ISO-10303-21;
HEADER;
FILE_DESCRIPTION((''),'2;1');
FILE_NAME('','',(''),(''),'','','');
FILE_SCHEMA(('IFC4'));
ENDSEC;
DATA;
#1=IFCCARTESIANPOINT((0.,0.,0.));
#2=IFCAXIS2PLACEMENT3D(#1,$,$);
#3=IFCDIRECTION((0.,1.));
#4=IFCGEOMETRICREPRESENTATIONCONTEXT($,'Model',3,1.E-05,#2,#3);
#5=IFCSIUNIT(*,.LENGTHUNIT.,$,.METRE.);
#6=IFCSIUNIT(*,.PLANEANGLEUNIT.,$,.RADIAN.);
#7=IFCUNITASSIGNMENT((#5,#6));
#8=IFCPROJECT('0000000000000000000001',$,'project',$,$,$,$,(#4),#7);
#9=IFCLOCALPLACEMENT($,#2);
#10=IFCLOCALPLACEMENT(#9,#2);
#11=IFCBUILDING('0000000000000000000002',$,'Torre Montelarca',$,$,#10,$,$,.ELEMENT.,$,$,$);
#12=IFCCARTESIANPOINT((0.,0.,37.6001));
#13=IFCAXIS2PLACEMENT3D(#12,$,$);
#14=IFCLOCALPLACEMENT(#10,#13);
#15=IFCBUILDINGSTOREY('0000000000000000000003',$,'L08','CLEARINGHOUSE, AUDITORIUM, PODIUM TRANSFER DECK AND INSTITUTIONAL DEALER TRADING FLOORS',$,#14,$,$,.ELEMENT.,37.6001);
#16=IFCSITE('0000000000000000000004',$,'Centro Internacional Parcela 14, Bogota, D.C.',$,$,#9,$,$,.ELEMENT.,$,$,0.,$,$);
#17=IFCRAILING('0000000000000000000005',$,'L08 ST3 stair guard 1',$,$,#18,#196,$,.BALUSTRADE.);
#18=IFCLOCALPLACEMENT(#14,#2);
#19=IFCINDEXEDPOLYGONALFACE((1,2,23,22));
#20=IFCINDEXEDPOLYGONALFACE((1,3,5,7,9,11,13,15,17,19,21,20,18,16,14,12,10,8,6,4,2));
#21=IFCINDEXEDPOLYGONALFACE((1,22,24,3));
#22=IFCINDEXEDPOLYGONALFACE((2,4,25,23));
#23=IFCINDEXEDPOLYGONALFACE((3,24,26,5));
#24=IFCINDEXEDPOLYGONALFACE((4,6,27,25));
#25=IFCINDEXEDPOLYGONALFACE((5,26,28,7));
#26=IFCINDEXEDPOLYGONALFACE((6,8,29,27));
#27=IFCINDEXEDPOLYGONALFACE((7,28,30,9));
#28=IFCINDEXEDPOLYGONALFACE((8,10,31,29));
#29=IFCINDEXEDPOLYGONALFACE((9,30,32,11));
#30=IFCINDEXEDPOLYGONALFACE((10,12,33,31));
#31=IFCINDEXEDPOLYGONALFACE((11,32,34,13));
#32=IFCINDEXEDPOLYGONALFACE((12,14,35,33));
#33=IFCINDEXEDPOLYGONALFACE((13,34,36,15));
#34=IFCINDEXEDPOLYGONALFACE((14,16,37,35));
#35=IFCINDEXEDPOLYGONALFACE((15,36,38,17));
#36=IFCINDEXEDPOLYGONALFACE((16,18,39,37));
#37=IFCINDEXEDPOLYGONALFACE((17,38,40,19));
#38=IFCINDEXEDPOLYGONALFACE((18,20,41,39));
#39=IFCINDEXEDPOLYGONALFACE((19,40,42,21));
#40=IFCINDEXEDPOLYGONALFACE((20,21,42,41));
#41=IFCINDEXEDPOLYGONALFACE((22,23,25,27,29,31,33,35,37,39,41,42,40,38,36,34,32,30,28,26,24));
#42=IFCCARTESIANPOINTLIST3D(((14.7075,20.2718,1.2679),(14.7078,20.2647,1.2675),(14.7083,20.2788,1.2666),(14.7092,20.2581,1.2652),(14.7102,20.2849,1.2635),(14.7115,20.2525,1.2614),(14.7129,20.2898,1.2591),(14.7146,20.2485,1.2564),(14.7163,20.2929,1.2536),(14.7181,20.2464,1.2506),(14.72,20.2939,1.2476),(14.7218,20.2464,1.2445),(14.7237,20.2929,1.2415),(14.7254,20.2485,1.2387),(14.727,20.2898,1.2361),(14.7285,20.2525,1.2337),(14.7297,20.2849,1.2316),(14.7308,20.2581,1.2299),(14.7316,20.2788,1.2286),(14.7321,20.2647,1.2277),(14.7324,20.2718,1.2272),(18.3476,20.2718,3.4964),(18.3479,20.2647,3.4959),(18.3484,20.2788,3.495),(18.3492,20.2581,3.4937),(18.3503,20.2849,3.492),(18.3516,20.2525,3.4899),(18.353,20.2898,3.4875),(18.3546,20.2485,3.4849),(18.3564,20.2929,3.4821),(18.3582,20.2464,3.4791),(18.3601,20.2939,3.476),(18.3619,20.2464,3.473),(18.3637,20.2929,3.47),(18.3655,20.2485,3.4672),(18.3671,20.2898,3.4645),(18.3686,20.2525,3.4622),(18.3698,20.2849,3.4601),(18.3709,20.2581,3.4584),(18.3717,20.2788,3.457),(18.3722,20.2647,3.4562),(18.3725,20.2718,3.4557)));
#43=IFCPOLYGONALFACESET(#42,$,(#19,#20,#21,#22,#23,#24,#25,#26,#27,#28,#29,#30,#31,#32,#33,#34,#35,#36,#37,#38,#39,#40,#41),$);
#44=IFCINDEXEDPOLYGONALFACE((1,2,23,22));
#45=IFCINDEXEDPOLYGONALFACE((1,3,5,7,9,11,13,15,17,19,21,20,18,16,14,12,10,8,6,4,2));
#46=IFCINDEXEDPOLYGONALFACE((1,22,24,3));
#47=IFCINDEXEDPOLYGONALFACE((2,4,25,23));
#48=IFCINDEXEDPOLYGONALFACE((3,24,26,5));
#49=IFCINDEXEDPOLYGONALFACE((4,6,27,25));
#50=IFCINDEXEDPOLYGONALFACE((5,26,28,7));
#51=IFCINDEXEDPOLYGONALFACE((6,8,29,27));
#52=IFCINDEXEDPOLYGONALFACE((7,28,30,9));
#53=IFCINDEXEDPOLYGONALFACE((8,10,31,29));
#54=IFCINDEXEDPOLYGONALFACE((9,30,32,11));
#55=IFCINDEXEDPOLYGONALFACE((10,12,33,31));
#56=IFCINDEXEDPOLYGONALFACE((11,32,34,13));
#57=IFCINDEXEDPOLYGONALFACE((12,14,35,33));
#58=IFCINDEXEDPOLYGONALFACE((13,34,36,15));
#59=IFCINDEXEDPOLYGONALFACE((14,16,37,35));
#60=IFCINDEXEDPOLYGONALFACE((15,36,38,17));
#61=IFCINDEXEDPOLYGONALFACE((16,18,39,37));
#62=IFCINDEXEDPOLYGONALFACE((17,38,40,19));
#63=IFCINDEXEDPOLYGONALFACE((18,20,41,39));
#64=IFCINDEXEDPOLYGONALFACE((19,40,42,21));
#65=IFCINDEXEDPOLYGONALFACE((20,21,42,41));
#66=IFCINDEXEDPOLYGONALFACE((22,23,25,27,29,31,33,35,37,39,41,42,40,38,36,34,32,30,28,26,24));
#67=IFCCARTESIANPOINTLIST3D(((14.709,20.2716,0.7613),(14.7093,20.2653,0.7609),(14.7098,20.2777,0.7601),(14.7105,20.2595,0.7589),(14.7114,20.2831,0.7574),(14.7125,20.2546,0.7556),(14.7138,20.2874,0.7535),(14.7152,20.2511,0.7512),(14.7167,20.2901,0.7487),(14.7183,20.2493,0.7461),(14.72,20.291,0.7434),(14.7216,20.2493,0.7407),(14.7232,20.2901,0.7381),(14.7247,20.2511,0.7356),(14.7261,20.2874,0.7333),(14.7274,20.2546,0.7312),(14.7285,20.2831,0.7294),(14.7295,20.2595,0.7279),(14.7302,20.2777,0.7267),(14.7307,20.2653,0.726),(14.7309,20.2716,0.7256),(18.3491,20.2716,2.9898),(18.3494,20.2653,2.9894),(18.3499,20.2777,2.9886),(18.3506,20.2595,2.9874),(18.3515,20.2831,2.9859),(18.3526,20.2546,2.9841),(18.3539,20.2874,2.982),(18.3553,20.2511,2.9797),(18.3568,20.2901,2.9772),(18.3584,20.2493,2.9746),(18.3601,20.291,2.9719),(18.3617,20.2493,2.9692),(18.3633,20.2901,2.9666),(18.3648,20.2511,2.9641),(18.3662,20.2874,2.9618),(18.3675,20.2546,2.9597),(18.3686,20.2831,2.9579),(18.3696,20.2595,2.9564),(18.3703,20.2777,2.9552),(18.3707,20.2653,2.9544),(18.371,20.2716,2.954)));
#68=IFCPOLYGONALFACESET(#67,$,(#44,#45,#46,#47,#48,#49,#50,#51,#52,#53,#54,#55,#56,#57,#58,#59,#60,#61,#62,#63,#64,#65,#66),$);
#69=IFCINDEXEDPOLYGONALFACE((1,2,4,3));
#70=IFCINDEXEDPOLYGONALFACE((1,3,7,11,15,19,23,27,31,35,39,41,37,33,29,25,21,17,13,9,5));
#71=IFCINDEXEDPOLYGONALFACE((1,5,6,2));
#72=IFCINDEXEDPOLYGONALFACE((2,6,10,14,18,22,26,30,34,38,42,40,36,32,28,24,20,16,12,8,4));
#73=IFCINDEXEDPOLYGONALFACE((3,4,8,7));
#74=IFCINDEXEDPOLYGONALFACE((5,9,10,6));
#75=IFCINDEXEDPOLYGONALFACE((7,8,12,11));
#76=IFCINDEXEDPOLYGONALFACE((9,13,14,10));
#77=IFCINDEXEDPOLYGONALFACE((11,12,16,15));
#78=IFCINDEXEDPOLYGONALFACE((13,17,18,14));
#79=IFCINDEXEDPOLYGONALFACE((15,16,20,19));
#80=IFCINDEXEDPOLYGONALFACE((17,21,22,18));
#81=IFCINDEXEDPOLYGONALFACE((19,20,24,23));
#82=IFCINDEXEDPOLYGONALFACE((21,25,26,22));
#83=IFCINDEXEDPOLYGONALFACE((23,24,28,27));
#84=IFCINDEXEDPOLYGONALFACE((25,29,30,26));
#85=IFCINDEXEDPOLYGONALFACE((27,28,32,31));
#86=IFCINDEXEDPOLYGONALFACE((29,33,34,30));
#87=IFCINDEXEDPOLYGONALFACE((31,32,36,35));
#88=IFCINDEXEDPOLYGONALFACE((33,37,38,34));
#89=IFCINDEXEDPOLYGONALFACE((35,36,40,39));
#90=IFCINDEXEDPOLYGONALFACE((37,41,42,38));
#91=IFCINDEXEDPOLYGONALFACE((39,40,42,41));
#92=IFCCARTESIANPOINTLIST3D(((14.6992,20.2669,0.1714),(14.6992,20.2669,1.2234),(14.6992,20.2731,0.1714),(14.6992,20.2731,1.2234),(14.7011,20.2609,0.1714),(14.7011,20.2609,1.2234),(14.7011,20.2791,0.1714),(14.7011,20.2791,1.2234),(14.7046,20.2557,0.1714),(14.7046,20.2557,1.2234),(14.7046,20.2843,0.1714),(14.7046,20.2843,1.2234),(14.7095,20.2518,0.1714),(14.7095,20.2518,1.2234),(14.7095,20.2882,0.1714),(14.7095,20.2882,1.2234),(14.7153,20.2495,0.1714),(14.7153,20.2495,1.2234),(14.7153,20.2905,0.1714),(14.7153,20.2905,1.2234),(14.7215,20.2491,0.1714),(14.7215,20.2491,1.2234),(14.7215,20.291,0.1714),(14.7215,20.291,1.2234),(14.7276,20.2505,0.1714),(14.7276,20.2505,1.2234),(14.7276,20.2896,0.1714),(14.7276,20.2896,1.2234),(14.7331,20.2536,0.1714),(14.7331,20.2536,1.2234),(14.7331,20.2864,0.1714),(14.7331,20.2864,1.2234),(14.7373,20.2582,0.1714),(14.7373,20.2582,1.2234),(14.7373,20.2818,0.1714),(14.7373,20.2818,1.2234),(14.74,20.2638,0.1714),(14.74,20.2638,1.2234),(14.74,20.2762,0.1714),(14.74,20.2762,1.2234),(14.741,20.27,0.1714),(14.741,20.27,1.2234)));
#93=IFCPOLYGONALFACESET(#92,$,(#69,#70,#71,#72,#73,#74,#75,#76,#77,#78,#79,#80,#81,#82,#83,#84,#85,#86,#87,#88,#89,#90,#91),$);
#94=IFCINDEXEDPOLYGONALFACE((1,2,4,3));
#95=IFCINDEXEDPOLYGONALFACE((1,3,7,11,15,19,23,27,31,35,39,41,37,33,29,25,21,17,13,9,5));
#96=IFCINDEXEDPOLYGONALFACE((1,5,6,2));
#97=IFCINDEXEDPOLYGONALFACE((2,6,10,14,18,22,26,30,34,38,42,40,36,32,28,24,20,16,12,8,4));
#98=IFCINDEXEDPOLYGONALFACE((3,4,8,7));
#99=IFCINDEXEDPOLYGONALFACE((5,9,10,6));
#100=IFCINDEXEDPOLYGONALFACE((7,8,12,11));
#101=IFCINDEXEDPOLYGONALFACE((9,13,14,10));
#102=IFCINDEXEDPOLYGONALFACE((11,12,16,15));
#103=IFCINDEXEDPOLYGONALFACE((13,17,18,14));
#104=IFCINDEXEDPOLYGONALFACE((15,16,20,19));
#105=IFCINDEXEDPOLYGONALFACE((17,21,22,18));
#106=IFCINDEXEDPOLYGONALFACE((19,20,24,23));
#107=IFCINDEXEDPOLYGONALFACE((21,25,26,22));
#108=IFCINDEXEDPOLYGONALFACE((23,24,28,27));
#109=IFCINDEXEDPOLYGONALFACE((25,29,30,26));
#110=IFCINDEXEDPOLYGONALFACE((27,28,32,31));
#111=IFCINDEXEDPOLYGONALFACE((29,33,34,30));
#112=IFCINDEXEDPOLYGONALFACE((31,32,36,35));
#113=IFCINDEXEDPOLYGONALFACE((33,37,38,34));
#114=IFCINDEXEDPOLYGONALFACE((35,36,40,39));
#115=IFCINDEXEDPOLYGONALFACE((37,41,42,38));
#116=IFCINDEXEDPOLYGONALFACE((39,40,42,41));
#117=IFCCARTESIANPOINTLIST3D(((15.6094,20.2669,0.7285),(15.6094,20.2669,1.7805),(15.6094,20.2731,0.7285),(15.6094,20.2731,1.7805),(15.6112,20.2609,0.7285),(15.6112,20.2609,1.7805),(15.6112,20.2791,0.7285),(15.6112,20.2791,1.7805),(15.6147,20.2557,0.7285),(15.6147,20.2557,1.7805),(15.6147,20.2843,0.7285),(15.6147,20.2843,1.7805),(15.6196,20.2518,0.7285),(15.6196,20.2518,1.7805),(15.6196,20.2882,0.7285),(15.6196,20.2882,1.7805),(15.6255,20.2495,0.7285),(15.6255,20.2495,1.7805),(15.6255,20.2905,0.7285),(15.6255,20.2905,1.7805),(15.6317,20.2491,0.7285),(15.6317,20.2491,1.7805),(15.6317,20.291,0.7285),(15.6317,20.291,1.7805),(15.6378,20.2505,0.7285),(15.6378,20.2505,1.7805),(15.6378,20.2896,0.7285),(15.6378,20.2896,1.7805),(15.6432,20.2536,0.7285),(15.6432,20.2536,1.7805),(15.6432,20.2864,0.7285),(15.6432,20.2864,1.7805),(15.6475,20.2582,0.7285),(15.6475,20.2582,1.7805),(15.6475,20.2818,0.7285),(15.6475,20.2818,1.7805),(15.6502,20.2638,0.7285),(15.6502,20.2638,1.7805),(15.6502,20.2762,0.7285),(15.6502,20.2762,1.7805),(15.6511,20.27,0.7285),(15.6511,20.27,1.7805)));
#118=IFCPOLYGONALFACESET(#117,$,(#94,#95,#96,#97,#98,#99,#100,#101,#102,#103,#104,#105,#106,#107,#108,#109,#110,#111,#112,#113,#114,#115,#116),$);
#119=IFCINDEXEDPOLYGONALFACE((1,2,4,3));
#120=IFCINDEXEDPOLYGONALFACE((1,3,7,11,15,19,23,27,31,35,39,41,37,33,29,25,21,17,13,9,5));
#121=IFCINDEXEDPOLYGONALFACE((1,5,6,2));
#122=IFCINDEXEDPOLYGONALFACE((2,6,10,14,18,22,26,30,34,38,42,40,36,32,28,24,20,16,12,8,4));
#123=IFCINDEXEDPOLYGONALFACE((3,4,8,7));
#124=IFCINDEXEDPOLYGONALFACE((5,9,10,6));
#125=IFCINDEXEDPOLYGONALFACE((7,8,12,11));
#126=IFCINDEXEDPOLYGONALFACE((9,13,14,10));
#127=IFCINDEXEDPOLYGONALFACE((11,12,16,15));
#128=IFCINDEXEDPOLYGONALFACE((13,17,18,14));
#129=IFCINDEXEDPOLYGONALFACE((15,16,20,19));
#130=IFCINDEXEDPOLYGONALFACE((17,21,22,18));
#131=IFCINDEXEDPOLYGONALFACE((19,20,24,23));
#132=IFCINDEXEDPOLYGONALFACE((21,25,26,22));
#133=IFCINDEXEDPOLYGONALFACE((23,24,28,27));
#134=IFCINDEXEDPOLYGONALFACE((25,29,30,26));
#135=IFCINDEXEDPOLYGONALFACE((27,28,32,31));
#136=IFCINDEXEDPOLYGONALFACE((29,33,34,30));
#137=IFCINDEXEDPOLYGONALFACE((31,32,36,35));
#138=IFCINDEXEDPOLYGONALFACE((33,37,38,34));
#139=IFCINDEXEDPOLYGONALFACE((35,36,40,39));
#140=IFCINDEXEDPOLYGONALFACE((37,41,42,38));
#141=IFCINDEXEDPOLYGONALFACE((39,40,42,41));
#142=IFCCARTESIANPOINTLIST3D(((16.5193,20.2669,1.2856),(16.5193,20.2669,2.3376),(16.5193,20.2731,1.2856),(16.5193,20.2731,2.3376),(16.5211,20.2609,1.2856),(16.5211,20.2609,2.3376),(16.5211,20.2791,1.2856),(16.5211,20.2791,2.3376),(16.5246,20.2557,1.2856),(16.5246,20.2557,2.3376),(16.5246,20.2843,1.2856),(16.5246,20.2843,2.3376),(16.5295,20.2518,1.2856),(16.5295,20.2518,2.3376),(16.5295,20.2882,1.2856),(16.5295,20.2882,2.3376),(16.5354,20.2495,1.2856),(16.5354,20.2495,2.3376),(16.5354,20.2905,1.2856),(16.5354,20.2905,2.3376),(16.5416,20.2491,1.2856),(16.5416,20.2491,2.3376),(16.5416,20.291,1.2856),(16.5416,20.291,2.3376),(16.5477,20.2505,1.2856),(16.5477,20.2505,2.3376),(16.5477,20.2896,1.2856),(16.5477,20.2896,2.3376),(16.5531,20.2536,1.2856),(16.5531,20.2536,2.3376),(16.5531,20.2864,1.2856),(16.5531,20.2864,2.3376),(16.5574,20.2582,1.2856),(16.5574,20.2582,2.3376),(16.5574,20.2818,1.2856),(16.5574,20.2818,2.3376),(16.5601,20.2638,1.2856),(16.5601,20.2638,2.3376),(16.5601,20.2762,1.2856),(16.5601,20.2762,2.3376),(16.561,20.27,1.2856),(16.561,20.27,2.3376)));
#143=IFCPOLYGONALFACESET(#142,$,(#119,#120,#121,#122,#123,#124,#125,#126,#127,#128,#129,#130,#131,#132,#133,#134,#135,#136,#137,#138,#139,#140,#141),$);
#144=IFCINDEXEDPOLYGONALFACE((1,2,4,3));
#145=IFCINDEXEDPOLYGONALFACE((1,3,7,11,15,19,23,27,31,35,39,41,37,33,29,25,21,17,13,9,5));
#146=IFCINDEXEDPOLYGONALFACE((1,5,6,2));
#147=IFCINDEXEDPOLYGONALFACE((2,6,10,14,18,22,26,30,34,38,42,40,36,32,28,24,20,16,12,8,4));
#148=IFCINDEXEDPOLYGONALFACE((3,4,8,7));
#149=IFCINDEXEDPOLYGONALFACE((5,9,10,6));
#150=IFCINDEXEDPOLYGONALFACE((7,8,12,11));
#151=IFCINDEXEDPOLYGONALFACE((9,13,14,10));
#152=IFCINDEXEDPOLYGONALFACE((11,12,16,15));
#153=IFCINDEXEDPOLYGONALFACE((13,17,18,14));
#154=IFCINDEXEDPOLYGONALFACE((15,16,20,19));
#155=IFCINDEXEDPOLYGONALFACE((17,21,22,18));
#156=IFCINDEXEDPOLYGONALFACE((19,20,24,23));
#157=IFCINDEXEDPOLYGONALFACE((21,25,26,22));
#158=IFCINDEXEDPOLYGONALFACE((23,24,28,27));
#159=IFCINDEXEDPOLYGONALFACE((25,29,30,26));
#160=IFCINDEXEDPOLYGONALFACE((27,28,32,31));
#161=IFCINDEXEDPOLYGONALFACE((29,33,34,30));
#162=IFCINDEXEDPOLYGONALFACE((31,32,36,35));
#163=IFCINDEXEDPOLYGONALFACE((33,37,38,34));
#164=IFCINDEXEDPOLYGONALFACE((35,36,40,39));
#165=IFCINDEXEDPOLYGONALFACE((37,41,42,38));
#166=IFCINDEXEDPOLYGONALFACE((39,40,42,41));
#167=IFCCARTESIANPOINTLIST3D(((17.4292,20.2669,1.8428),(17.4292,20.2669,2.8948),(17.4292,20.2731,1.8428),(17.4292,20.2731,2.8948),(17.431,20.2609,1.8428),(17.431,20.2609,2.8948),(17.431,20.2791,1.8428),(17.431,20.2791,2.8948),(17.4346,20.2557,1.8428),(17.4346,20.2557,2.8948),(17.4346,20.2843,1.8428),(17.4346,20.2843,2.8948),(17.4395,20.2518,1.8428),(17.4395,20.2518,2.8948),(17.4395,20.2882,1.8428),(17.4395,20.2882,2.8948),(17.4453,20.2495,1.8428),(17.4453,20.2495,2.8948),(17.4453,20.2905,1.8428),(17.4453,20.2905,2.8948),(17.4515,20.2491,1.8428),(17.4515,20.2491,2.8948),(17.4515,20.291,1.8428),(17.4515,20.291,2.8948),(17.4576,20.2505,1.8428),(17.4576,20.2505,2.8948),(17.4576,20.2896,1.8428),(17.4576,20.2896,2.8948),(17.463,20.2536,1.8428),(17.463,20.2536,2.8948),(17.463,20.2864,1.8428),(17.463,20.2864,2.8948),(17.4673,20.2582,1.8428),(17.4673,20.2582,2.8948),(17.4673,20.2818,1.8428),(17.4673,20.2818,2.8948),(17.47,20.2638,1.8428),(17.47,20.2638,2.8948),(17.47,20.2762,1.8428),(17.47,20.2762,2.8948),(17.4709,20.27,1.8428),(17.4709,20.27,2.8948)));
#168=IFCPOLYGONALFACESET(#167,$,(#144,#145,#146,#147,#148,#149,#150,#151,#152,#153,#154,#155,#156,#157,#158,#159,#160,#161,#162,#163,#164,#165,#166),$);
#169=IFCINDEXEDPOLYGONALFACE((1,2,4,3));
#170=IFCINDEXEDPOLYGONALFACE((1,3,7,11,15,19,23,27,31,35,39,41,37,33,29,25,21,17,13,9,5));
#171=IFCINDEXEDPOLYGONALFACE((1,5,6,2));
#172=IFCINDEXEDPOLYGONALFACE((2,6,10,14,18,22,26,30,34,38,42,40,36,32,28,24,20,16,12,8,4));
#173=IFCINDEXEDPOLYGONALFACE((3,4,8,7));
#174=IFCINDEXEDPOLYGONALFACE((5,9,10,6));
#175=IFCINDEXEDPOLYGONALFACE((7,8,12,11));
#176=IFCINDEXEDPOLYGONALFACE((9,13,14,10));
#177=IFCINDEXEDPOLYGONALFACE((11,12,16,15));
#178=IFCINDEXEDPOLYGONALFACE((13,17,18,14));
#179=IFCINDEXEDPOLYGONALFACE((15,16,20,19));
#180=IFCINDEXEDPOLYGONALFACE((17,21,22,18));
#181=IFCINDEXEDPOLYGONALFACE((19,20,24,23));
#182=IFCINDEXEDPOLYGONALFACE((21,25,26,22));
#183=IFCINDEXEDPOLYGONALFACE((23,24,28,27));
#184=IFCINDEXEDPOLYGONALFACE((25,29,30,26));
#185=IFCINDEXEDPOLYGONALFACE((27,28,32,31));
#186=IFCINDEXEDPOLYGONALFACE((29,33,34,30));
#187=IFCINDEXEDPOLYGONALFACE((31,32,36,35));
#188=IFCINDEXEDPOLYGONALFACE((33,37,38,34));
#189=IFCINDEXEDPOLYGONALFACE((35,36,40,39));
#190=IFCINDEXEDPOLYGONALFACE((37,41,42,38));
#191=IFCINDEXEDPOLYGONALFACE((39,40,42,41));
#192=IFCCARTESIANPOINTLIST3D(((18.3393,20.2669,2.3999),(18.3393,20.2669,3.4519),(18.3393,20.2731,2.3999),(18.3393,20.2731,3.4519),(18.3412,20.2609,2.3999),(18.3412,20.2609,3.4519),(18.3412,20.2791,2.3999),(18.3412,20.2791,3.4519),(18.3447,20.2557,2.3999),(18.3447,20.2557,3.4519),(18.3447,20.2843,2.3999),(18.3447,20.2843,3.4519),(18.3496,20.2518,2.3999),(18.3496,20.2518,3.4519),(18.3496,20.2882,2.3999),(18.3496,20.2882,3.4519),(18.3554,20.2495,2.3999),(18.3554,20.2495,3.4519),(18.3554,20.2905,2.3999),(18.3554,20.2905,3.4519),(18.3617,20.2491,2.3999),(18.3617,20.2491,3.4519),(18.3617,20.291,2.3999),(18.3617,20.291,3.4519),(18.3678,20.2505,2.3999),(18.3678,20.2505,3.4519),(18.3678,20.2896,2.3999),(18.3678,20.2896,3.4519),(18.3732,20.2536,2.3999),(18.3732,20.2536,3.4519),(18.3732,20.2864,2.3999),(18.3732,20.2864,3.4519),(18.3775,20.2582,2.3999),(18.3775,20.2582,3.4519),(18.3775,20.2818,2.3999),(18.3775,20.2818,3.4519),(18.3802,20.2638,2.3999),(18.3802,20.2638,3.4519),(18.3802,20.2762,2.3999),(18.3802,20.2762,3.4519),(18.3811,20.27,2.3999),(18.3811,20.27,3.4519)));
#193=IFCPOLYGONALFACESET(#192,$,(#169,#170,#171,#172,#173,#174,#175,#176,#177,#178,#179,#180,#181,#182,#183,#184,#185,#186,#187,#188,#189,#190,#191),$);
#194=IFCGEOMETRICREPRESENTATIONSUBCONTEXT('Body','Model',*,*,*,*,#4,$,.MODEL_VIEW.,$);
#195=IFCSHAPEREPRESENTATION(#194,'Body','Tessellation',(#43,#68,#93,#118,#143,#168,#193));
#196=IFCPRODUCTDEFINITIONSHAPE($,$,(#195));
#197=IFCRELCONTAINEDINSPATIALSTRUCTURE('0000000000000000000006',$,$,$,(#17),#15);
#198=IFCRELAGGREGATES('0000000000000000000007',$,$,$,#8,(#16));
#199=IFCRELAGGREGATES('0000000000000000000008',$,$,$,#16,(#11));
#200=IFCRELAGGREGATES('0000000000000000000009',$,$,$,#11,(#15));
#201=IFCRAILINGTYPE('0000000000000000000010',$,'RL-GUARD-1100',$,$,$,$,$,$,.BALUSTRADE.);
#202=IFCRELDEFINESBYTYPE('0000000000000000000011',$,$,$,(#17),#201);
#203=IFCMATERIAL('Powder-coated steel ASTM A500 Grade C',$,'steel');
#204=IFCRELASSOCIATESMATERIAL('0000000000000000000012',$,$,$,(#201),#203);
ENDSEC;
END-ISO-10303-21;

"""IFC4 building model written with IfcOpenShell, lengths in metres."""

from ifc_helpers import new_model, si_unit, direction, frame, origin, origin_2d, place, context, subcontext, project, spatial, circle, extrude, material, type_object, element, save


model = new_model("IFC4")

# Units and contexts
model_context = context("Model", 3, precision=1e-05, world=origin(), true_north=direction((0.0, 1.0)))
body_context = subcontext(model_context, "Body", "Model", "MODEL_VIEW")
ifc_project = project(units=[si_unit("LENGTHUNIT", "METRE"), si_unit("PLANEANGLEUNIT", "RADIAN")], contexts=[model_context])

# Site, building, storey
site_placement = place(None, origin())
site = spatial("IfcSite", under=ifc_project, at=site_placement, Name="Centro Internacional Parcela 14, Bogota, D.C.", CompositionType="ELEMENT", RefElevation=0.0)
building_placement = place(site_placement, origin())
building = spatial("IfcBuilding", under=site, at=building_placement, Name="Torre Montelarca", CompositionType="ELEMENT")
storey_placement = place(building_placement, frame((0.0, 0.0, 37.6001)))
storey = spatial("IfcBuildingStorey", under=building, at=storey_placement, Name="L08", Description="CLEARINGHOUSE, AUDITORIUM, PODIUM TRANSFER DECK AND INSTITUTIONAL DEALER TRADING FLOORS", CompositionType="ELEMENT", Elevation=37.6001)

# Railing
ifc_material_1 = material(Name="Powder-coated steel ASTM A500 Grade C", Category="steel")
railing_type_1 = type_object("IfcRailingType", Name="RL-GUARD-1100", PredefinedType="BALUSTRADE", material=ifc_material_1)
railing_1_placement = place(storey_placement, frame((14.72, 20.27, 0.1714)))
element("IfcRailing", 1, at=railing_1_placement, inside=storey, type_object=railing_type_1, Name="L08 ST3 stair guard 1", PredefinedType="BALUSTRADE", context=body_context, shape_type="SweptSolid", body=[
    extrude(circle(Radius=0.0239, at=origin_2d()), frame((0.0, 0.0, 1.0762), z_axis=(0.852866, 0.0, 0.52213), x_axis=(0.0, 1.0, 0.0)), (0.0, 0.0, 1.0), 4.2681),
    extrude(circle(Radius=0.021, at=origin_2d()), frame((0.0, 0.0, 0.572), z_axis=(0.852866, 0.0, 0.52213), x_axis=(0.0, 1.0, 0.0)), (0.0, 0.0, 1.0), 4.2681),
    extrude(circle(Radius=0.021, at=origin_2d()), origin(), (0.0, 0.0, 1.0), 1.052),
    extrude(circle(Radius=0.021, at=origin_2d()), frame((0.9102, 0.0, 0.5571)), (0.0, 0.0, 1.0), 1.052),
    extrude(circle(Radius=0.021, at=origin_2d()), frame((1.8201, 0.0, 1.1143)), (0.0, 0.0, 1.0), 1.052),
    extrude(circle(Radius=0.021, at=origin_2d()), frame((2.73, 0.0, 1.6714)), (0.0, 0.0, 1.0), 1.052),
    extrude(circle(Radius=0.021, at=origin_2d()), frame((3.6401, 0.0, 2.2285)), (0.0, 0.0, 1.0), 1.052),
])

save(model, "model.ifc")
